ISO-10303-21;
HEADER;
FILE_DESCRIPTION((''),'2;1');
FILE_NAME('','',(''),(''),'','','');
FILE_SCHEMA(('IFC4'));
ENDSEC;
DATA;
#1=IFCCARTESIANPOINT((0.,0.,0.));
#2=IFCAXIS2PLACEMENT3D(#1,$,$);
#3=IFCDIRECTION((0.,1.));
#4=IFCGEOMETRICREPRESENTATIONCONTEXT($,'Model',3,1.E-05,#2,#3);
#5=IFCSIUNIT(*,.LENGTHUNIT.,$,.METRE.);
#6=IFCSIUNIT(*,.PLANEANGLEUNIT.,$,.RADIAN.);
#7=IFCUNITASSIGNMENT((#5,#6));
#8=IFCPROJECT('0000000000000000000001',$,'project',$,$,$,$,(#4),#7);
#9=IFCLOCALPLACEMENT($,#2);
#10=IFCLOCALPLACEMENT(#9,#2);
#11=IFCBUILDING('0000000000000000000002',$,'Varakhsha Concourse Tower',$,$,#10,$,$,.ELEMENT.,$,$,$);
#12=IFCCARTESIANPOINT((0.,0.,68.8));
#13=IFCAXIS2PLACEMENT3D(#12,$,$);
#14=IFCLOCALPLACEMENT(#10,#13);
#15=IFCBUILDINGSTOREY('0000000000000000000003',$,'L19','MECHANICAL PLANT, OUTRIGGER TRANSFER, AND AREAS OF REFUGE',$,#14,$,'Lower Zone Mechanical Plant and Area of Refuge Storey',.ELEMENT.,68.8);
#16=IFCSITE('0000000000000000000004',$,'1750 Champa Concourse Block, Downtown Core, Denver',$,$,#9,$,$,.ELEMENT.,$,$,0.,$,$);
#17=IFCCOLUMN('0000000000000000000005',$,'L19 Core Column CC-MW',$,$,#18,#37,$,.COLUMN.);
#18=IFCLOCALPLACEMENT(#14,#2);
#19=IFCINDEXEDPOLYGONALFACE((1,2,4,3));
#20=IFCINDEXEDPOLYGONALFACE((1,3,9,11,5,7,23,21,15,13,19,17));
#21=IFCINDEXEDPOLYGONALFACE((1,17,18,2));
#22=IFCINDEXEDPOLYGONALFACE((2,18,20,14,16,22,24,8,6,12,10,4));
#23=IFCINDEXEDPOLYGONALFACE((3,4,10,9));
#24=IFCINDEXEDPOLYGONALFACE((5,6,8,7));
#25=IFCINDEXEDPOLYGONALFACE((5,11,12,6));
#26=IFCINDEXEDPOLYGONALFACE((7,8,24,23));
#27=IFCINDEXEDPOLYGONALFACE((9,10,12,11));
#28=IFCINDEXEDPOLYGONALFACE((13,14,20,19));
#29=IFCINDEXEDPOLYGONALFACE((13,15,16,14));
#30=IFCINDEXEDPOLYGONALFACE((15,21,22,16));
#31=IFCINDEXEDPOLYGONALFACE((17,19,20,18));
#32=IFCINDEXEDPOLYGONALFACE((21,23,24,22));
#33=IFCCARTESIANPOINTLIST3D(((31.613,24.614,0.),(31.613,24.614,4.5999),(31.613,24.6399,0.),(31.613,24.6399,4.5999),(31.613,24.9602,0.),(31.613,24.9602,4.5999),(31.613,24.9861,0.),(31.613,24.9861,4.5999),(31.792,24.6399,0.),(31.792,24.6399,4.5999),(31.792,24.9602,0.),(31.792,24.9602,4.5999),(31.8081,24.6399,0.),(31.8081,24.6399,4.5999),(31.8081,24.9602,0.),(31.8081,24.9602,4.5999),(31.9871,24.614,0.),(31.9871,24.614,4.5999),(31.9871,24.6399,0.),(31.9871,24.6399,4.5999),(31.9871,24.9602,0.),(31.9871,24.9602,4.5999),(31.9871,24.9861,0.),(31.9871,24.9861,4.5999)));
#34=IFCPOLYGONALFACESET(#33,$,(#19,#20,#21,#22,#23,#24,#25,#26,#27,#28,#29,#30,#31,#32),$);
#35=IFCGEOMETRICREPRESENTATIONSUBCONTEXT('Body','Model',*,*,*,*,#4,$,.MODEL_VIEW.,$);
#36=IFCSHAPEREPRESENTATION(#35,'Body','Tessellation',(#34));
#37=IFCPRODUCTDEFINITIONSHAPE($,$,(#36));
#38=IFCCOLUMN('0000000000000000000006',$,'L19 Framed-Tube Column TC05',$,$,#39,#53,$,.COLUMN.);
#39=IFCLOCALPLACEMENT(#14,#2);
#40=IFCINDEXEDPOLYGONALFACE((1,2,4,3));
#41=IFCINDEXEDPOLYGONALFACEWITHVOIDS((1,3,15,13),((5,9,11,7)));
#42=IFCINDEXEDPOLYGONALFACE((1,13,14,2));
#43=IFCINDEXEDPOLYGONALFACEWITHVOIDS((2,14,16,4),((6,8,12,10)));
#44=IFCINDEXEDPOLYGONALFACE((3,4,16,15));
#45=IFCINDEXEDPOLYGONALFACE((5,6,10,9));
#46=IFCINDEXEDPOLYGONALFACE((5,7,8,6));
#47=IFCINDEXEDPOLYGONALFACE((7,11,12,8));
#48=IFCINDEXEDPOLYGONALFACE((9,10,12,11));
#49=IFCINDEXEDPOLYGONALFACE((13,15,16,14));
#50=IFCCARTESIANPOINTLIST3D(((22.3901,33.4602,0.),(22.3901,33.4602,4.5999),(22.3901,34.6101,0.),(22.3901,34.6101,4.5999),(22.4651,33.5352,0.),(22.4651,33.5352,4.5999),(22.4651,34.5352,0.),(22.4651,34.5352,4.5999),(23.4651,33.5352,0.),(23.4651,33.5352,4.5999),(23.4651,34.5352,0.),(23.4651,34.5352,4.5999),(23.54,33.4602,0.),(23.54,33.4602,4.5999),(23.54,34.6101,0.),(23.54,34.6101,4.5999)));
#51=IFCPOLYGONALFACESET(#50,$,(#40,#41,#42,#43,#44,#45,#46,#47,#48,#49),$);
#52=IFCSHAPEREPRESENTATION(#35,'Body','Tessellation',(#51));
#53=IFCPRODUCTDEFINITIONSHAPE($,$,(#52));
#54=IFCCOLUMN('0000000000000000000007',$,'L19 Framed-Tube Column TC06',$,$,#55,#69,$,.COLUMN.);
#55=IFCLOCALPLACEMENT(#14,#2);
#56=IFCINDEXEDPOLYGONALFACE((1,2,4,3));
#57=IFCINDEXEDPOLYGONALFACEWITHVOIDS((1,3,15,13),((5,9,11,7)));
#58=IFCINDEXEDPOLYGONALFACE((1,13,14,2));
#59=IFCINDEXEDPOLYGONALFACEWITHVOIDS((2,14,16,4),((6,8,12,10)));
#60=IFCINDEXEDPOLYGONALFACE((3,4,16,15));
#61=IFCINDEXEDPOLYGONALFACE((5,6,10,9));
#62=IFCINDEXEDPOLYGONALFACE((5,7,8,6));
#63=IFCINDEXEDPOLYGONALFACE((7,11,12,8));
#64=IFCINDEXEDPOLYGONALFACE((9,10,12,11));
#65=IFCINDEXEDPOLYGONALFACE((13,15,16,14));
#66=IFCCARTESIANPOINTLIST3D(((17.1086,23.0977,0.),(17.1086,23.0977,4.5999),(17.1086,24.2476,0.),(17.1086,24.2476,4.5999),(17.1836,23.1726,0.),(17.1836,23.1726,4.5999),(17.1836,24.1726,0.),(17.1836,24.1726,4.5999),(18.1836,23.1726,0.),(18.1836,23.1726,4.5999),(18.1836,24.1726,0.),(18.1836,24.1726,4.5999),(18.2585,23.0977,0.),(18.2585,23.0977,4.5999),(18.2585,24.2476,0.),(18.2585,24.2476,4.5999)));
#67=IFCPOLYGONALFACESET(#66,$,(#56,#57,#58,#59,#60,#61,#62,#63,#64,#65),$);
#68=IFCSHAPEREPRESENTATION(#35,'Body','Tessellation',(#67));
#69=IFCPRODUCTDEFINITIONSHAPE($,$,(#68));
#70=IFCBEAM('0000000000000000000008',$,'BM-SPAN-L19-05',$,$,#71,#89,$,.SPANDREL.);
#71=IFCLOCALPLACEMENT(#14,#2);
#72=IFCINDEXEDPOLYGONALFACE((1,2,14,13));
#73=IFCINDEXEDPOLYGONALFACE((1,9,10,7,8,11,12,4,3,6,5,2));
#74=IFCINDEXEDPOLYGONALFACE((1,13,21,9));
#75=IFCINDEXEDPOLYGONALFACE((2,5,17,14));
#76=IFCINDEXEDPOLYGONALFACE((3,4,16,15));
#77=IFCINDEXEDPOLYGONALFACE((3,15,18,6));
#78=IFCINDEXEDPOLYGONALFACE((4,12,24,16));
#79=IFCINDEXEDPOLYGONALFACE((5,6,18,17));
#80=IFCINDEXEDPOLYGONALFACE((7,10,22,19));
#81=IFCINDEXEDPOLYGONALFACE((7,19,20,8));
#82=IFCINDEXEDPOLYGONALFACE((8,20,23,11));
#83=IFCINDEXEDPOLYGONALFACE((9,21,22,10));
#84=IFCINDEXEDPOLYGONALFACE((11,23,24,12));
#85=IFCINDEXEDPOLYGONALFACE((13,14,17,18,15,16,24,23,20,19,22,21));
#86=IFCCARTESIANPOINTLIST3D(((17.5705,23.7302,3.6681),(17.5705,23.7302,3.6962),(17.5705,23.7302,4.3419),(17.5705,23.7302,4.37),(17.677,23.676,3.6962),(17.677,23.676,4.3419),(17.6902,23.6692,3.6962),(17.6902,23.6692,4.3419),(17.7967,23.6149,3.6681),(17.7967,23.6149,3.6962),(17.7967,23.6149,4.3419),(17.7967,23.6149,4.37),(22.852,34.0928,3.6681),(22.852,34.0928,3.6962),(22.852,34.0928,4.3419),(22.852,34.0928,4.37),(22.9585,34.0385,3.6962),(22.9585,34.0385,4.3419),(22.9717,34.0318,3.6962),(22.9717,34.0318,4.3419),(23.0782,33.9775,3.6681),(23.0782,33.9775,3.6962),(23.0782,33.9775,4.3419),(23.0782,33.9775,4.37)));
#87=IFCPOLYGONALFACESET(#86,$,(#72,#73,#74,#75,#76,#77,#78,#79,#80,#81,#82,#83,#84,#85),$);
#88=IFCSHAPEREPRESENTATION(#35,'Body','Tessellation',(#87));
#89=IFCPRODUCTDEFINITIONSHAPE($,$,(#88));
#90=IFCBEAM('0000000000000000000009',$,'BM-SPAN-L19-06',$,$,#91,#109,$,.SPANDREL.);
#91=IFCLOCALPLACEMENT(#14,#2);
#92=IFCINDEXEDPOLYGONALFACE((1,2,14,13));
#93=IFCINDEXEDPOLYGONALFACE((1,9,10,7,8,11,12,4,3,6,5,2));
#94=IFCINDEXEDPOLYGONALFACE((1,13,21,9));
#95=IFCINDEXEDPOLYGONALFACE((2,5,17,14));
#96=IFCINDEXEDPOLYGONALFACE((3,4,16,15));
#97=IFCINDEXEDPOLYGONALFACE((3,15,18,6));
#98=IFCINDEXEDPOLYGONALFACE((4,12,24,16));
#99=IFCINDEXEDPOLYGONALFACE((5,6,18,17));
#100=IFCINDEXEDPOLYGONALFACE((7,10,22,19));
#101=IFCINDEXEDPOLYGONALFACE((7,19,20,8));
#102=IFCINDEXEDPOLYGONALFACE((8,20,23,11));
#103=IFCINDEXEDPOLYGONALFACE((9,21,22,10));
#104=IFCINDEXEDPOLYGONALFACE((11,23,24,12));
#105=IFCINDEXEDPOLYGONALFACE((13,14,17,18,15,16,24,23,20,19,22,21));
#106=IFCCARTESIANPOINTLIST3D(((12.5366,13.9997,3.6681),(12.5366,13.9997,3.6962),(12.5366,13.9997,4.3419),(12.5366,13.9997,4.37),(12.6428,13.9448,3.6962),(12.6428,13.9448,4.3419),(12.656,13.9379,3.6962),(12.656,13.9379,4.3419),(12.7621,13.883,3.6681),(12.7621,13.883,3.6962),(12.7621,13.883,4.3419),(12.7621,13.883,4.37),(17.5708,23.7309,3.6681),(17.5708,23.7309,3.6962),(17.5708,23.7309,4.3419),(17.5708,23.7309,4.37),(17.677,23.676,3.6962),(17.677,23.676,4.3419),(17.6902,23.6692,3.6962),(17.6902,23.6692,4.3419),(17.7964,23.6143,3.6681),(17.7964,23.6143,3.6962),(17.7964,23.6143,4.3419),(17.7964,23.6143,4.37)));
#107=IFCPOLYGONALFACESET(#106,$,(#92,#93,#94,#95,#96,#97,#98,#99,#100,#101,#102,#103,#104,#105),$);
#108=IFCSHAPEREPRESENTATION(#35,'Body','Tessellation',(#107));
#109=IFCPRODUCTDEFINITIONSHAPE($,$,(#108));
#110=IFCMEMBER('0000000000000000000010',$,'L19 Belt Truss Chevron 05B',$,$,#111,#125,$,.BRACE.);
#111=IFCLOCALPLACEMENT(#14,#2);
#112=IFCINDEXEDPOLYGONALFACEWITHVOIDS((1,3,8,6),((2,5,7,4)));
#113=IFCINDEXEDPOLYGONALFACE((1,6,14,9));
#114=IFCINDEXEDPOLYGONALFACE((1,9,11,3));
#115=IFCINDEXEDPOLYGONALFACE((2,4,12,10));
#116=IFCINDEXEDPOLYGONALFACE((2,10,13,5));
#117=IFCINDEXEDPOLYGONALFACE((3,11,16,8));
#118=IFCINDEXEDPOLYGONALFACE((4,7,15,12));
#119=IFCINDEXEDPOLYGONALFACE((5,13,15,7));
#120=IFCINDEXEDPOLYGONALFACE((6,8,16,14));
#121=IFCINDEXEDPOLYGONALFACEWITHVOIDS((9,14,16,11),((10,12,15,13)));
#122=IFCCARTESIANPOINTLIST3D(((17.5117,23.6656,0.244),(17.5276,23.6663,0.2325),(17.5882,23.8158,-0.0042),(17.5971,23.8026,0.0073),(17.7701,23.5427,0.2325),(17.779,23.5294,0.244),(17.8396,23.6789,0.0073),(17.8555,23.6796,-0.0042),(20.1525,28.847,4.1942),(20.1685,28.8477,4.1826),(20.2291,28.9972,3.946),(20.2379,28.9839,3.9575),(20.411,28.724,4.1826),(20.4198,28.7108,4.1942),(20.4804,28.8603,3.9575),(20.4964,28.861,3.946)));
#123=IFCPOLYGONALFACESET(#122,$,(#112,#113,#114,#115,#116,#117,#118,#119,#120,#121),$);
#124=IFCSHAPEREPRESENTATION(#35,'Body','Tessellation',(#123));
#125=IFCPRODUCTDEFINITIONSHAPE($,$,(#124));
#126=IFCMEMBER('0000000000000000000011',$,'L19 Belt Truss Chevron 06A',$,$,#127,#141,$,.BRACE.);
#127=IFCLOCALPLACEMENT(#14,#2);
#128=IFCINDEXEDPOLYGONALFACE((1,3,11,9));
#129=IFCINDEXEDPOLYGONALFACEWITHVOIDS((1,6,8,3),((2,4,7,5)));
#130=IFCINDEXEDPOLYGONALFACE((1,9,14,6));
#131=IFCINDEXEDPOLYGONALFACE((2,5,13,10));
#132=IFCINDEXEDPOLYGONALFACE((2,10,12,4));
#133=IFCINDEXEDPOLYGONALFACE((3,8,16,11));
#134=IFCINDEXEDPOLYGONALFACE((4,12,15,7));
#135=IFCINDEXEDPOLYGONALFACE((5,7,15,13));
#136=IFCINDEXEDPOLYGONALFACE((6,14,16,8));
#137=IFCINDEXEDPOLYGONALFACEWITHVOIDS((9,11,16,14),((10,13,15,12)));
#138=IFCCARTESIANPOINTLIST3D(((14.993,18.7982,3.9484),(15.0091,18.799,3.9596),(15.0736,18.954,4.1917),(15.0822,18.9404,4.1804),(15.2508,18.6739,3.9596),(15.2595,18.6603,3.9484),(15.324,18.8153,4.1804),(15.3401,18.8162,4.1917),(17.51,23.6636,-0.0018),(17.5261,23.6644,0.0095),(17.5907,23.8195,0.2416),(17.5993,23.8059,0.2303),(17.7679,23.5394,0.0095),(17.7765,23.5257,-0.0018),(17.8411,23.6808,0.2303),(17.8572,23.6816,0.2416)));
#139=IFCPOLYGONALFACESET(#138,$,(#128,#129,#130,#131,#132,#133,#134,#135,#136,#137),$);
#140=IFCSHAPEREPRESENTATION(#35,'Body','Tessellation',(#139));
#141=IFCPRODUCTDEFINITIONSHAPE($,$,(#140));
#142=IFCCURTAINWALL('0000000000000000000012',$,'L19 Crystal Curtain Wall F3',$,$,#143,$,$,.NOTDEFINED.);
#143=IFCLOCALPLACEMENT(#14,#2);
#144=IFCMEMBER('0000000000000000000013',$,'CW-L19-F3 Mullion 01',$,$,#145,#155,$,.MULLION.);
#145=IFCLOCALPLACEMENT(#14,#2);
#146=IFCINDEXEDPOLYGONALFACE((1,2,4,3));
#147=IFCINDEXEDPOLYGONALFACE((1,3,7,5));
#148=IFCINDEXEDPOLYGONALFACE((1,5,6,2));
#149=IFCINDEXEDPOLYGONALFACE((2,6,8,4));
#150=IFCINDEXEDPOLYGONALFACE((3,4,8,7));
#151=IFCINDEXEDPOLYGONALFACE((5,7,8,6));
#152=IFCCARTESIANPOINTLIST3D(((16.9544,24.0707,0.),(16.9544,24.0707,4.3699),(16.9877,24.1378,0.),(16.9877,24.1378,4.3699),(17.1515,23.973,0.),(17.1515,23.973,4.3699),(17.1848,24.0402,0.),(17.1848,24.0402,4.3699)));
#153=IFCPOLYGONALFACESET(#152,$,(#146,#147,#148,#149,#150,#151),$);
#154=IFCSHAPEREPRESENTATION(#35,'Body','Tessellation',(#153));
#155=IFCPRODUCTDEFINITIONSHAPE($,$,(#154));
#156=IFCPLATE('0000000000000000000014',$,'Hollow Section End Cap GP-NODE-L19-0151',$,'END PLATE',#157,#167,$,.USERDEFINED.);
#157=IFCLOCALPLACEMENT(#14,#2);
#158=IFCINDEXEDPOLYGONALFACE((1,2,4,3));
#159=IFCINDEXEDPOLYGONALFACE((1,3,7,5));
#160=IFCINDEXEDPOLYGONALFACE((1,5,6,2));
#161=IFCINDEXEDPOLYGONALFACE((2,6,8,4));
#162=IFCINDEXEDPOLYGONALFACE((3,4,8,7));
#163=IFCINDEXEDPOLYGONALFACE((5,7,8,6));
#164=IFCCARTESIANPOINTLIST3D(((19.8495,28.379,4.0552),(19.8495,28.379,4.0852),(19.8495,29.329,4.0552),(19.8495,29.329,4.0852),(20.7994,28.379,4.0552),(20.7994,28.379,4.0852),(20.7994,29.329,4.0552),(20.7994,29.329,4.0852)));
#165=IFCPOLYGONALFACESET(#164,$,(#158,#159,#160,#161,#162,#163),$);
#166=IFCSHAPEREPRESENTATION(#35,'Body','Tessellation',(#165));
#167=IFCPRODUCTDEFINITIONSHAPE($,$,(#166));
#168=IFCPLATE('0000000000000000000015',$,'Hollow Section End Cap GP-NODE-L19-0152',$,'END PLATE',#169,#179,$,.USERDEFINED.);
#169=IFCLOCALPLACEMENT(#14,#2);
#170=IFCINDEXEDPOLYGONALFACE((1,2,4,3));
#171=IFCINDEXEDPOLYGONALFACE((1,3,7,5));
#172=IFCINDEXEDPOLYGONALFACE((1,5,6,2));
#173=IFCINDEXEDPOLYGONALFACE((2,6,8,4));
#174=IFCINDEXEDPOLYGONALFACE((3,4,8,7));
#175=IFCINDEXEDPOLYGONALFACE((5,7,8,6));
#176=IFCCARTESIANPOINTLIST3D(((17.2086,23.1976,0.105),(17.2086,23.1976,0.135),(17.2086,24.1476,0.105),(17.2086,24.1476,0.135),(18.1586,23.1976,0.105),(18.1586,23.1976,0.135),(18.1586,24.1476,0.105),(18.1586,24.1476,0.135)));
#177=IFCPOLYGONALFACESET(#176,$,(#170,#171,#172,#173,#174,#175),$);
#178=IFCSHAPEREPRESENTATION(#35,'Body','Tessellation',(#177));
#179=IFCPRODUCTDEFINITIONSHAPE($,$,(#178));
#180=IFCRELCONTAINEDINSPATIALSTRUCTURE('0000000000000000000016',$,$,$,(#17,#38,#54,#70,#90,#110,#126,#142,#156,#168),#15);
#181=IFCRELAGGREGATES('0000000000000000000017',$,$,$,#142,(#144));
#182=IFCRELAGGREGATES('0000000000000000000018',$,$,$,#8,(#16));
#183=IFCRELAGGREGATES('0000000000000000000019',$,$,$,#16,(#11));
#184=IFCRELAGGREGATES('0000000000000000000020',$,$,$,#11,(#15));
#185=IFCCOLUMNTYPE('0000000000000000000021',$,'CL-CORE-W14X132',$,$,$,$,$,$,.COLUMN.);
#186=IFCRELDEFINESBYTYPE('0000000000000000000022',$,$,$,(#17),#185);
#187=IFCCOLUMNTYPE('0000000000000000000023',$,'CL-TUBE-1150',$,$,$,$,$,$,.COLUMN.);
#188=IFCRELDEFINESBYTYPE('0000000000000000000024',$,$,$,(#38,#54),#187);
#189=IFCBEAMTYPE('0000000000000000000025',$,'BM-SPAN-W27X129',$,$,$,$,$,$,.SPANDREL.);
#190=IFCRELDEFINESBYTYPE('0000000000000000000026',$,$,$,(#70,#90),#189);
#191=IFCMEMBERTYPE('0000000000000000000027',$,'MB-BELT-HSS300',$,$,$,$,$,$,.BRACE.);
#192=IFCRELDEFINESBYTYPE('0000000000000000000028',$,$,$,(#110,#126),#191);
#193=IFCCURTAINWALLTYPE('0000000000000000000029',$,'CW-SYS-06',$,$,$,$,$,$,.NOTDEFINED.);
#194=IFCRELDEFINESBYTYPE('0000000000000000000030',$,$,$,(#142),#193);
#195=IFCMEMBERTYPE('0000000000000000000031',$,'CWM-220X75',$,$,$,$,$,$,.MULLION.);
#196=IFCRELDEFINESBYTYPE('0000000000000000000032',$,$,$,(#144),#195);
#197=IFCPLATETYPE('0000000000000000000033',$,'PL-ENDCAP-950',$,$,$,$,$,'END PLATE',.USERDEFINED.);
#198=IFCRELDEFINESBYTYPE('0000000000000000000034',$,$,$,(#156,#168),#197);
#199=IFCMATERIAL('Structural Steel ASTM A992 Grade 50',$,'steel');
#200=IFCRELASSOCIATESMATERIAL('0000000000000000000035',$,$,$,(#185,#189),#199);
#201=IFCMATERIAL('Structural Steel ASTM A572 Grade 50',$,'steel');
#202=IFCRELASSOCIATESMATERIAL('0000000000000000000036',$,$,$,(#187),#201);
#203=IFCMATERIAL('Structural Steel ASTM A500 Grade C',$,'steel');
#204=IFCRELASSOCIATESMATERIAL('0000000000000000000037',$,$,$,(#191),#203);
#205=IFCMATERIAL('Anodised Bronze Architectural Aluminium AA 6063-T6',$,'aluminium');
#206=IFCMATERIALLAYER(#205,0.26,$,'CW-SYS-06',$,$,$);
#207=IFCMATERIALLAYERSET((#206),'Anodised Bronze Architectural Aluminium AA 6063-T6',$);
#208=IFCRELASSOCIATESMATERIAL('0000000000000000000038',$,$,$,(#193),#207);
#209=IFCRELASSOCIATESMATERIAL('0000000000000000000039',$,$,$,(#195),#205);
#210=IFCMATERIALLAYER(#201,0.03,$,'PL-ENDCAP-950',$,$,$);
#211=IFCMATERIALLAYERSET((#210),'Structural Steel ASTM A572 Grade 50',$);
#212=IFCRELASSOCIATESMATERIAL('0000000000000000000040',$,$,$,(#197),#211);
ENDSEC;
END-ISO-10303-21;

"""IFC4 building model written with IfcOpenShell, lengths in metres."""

from ifc_helpers import new_model, si_unit, direction, frame, origin, origin_2d, place, context, subcontext, project, spatial, rectangle, hollow_rectangle, i_section, extrude, source, transform, mapped, material, layer, layer_set, material_profile, profile_set, type_object, type_shapes, element, aggregate, save


model = new_model("IFC4")

# Units and contexts
model_context = context("Model", 3, precision=1e-05, world=origin(), true_north=direction((0.0, 1.0)))
body_context = subcontext(model_context, "Body", "Model", "MODEL_VIEW")
ifc_project = project(units=[si_unit("LENGTHUNIT", "METRE"), si_unit("PLANEANGLEUNIT", "RADIAN")], contexts=[model_context])

# Site, building, storey
site_placement = place(None, origin())
site = spatial("IfcSite", under=ifc_project, at=site_placement, Name="1750 Champa Concourse Block, Downtown Core, Denver", CompositionType="ELEMENT", RefElevation=0.0)
building_placement = place(site_placement, origin())
building = spatial("IfcBuilding", under=site, at=building_placement, Name="Varakhsha Concourse Tower", CompositionType="ELEMENT")
storey_placement = place(building_placement, frame((0.0, 0.0, 68.8)))
storey = spatial("IfcBuildingStorey", under=building, at=storey_placement, Name="L19", Description="MECHANICAL PLANT, OUTRIGGER TRANSFER, AND AREAS OF REFUGE", LongName="Lower Zone Mechanical Plant and Area of Refuge Storey", CompositionType="ELEMENT", Elevation=68.8)

# Columns
ifc_material_1 = material(Name="Structural Steel ASTM A992 Grade 50", Category="steel")
ifc_material_profile_1 = material_profile(ifc_material_1, i_section(OverallWidth=0.374, OverallDepth=0.3721, WebThickness=0.0161, FlangeThickness=0.0259, at=origin_2d()), Name="W14X132")
ifc_profile_set_1 = profile_set([ifc_material_profile_1], Name="Structural Steel ASTM A992 Grade 50")
column_type_1 = type_object("IfcColumnType", Name="CL-CORE-W14X132", PredefinedType="COLUMN", material=ifc_profile_set_1)
column_placement = place(storey_placement, frame((31.8, 24.8, 0.0), z_axis=(0.0, 0.0, 1.0), x_axis=(1.0, 0.0, 0.0)))
element("IfcColumn", 1, at=column_placement, inside=storey, type_object=column_type_1, Name="L19 Core Column CC-MW", PredefinedType="COLUMN", context=body_context, shape_type="SweptSolid", body=[
    extrude(i_section(OverallWidth=0.374, OverallDepth=0.3721, WebThickness=0.0161, FlangeThickness=0.0259, at=origin_2d()), origin(), (0.0, 0.0, 1.0), 4.5999),
])
ifc_material_2 = material(Name="Structural Steel ASTM A572 Grade 50", Category="steel")
ifc_material_profile_2 = material_profile(ifc_material_2, hollow_rectangle(XDim=1.1499, YDim=1.1499, WallThickness=0.075, at=origin_2d()), Name="BOX 1150x1150x75")
ifc_profile_set_2 = profile_set([ifc_material_profile_2], Name="Structural Steel ASTM A572 Grade 50")
column_type_2 = type_object("IfcColumnType", Name="CL-TUBE-1150", PredefinedType="COLUMN", material=ifc_profile_set_2)
for number, where, z_axis, x_axis, name in (
    (2, (22.9651, 34.0352, 0.0), (0.0, 0.0, 1.0), (1.0, 0.0, 0.0), "L19 Framed-Tube Column TC05"),
    (3, (17.6836, 23.6726, 0.0), (0.0, 0.0, 1.0), (1.0, 0.0, 0.0), "L19 Framed-Tube Column TC06"),
):
    element("IfcColumn", number, at=place(storey_placement, frame(where, z_axis=z_axis, x_axis=x_axis)), inside=storey, type_object=column_type_2, Name=name, PredefinedType="COLUMN", context=body_context, shape_type="SweptSolid", body=[
        extrude(hollow_rectangle(XDim=1.1499, YDim=1.1499, WallThickness=0.075, at=origin_2d()), origin(), (0.0, 0.0, 1.0), 4.5999),
    ])

# Beams
ifc_material_profile_3 = material_profile(ifc_material_1, i_section(OverallWidth=0.2539, OverallDepth=0.7019, WebThickness=0.0149, FlangeThickness=0.0281, at=origin_2d()), Name="W27X129")
ifc_profile_set_3 = profile_set([ifc_material_profile_3], Name="Structural Steel ASTM A992 Grade 50")
beam_type = type_object("IfcBeamType", Name="BM-SPAN-W27X129", PredefinedType="SPANDREL", material=ifc_profile_set_3)
beam_1_placement = place(storey_placement, frame((22.9651, 34.0352, 4.019), z_axis=(-0.454094, -0.890954, 0.0), x_axis=(0.890954, -0.454094, 0.0)))
element("IfcBeam", 4, at=beam_1_placement, inside=storey, type_object=beam_type, Name="BM-SPAN-L19-05", PredefinedType="SPANDREL", context=body_context, shape_type="SweptSolid", body=[
    extrude(i_section(OverallWidth=0.2539, OverallDepth=0.7019, WebThickness=0.0149, FlangeThickness=0.0281, at=origin_2d()), origin(), (0.0, 0.0, 1.0), 11.6309),
])
beam_2_placement = place(storey_placement, frame((17.6836, 23.6726, 4.019), z_axis=(-0.459481, -0.888188, 0.0), x_axis=(0.888188, -0.459481, 0.0)))
element("IfcBeam", 5, at=beam_2_placement, inside=storey, type_object=beam_type, Name="BM-SPAN-L19-06", PredefinedType="SPANDREL", context=body_context, shape_type="SweptSolid", body=[
    extrude(i_section(OverallWidth=0.2539, OverallDepth=0.7019, WebThickness=0.0149, FlangeThickness=0.0281, at=origin_2d()), origin(), (0.0, 0.0, 1.0), 10.9563),
])

# Members
ifc_material_3 = material(Name="Structural Steel ASTM A500 Grade C", Category="steel")
ifc_material_profile_4 = material_profile(ifc_material_3, hollow_rectangle(XDim=0.3, YDim=0.3, WallThickness=0.0139, at=origin_2d()), Name="HSS 300x300x14")
ifc_profile_set_4 = profile_set([ifc_material_profile_4], Name="Structural Steel ASTM A500 Grade C")
member_type_1 = type_object("IfcMemberType", Name="MB-BELT-HSS300", PredefinedType="BRACE", material=ifc_profile_set_4)
shared_shape_1 = source(origin(), body_context, "Body", "SweptSolid", [
    extrude(hollow_rectangle(XDim=0.3, YDim=0.3, WallThickness=0.0139, at=origin_2d()), origin(), (0.0, 0.0, 1.0), 7.0303),
])
member_1_placement = place(storey_placement, frame((17.6836, 23.6726, 0.1199), z_axis=(0.375641, 0.737009, 0.561882), x_axis=(-0.89095, 0.454102, 0.0)))
element("IfcMember", 6, at=member_1_placement, inside=storey, type_object=member_type_1, Name="L19 Belt Truss Chevron 05B", PredefinedType="BRACE", context=body_context, shape_type="MappedRepresentation", body=[
    mapped(shared_shape_1, transform((0.0, 0.0, 0.0), scale=1.0)),
])
shared_shape_2 = source(origin(), body_context, "Body", "SweptSolid", [
    extrude(hollow_rectangle(XDim=0.3, YDim=0.3, WallThickness=0.0139, at=origin_2d()), origin(), (0.0, 0.0, 1.0), 6.7537),
])
type_shapes(member_type_1, [shared_shape_1, shared_shape_2])
member_2_placement = place(storey_placement, frame((17.6836, 23.6726, 0.1199), z_axis=(-0.372697, -0.720415, 0.584892), x_axis=(0.888183, -0.45949, 0.0)))
element("IfcMember", 7, at=member_2_placement, inside=storey, type_object=member_type_1, Name="L19 Belt Truss Chevron 06A", PredefinedType="BRACE", context=body_context, shape_type="MappedRepresentation", body=[
    mapped(shared_shape_2, transform((0.0, 0.0, 0.0), scale=1.0)),
])

# Curtain wall, member
ifc_material_4 = material(Name="Anodised Bronze Architectural Aluminium AA 6063-T6", Category="aluminium")
ifc_layer_1 = layer(ifc_material_4, 0.26, Name="CW-SYS-06")
ifc_layer_set_1 = layer_set([ifc_layer_1], Name="Anodised Bronze Architectural Aluminium AA 6063-T6")
curtain_wall_type = type_object("IfcCurtainWallType", Name="CW-SYS-06", PredefinedType="NOTDEFINED", material=ifc_layer_set_1)
curtain_wall_placement = place(storey_placement, origin())
curtain_wall = element("IfcCurtainWall", 8, at=curtain_wall_placement, inside=storey, type_object=curtain_wall_type, Name="L19 Crystal Curtain Wall F3", PredefinedType="NOTDEFINED")
ifc_material_profile_5 = material_profile(ifc_material_4, rectangle(XDim=0.075, YDim=0.22, at=origin_2d()), Name="CWM-220X75")
ifc_profile_set_5 = profile_set([ifc_material_profile_5], Name="Anodised Bronze Architectural Aluminium AA 6063-T6")
member_type_2 = type_object("IfcMemberType", Name="CWM-220X75", PredefinedType="MULLION", material=ifc_profile_set_5)
shared_shape_3 = source(origin(), body_context, "Body", "SweptSolid", [
    extrude(rectangle(XDim=0.075, YDim=0.22, at=origin_2d()), origin(), (0.0, 0.0, 1.0), 4.3699),
])
type_shapes(member_type_2, [shared_shape_3])
member_3_placement = place(storey_placement, frame((17.0696, 24.0554, 0.0), z_axis=(0.0, 0.0, 1.0), x_axis=(0.444108, 0.895973, 0.0)))
member_3 = element("IfcMember", 9, at=member_3_placement, type_object=member_type_2, Name="CW-L19-F3 Mullion 01", PredefinedType="MULLION", context=body_context, shape_type="MappedRepresentation", body=[
    mapped(shared_shape_3, transform((0.0, 0.0, 0.0), scale=1.0)),
])

# Plates
ifc_layer_2 = layer(ifc_material_2, 0.03, Name="PL-ENDCAP-950")
ifc_layer_set_2 = layer_set([ifc_layer_2], Name="Structural Steel ASTM A572 Grade 50")
plate_type_1 = type_object("IfcPlateType", Name="PL-ENDCAP-950", ElementType="END PLATE", PredefinedType="USERDEFINED", material=ifc_layer_set_2)
shared_shape_4 = source(origin(), body_context, "Body", "SweptSolid", [
    extrude(rectangle(XDim=0.95, YDim=0.95, at=origin_2d()), origin(), (0.0, 0.0, 1.0), 0.03),
])
type_shapes(plate_type_1, [shared_shape_4])
for number, where, z_axis, x_axis, name in (
    (10, (20.3245, 28.854, 4.0552), (0.0, 0.0, 1.0), (1.0, 0.0, 0.0), "Hollow Section End Cap GP-NODE-L19-0151"),
    (11, (17.6836, 23.6726, 0.105), (0.0, 0.0, 1.0), (1.0, 0.0, 0.0), "Hollow Section End Cap GP-NODE-L19-0152"),
):
    element("IfcPlate", number, at=place(storey_placement, frame(where, z_axis=z_axis, x_axis=x_axis)), inside=storey, type_object=plate_type_1, Name=name, ObjectType="END PLATE", PredefinedType="USERDEFINED", context=body_context, shape_type="MappedRepresentation", body=[
        mapped(shared_shape_4, transform((0.0, 0.0, 0.0), scale=1.0)),
    ])

aggregate(curtain_wall, [member_3])

save(model, "model.ifc")
